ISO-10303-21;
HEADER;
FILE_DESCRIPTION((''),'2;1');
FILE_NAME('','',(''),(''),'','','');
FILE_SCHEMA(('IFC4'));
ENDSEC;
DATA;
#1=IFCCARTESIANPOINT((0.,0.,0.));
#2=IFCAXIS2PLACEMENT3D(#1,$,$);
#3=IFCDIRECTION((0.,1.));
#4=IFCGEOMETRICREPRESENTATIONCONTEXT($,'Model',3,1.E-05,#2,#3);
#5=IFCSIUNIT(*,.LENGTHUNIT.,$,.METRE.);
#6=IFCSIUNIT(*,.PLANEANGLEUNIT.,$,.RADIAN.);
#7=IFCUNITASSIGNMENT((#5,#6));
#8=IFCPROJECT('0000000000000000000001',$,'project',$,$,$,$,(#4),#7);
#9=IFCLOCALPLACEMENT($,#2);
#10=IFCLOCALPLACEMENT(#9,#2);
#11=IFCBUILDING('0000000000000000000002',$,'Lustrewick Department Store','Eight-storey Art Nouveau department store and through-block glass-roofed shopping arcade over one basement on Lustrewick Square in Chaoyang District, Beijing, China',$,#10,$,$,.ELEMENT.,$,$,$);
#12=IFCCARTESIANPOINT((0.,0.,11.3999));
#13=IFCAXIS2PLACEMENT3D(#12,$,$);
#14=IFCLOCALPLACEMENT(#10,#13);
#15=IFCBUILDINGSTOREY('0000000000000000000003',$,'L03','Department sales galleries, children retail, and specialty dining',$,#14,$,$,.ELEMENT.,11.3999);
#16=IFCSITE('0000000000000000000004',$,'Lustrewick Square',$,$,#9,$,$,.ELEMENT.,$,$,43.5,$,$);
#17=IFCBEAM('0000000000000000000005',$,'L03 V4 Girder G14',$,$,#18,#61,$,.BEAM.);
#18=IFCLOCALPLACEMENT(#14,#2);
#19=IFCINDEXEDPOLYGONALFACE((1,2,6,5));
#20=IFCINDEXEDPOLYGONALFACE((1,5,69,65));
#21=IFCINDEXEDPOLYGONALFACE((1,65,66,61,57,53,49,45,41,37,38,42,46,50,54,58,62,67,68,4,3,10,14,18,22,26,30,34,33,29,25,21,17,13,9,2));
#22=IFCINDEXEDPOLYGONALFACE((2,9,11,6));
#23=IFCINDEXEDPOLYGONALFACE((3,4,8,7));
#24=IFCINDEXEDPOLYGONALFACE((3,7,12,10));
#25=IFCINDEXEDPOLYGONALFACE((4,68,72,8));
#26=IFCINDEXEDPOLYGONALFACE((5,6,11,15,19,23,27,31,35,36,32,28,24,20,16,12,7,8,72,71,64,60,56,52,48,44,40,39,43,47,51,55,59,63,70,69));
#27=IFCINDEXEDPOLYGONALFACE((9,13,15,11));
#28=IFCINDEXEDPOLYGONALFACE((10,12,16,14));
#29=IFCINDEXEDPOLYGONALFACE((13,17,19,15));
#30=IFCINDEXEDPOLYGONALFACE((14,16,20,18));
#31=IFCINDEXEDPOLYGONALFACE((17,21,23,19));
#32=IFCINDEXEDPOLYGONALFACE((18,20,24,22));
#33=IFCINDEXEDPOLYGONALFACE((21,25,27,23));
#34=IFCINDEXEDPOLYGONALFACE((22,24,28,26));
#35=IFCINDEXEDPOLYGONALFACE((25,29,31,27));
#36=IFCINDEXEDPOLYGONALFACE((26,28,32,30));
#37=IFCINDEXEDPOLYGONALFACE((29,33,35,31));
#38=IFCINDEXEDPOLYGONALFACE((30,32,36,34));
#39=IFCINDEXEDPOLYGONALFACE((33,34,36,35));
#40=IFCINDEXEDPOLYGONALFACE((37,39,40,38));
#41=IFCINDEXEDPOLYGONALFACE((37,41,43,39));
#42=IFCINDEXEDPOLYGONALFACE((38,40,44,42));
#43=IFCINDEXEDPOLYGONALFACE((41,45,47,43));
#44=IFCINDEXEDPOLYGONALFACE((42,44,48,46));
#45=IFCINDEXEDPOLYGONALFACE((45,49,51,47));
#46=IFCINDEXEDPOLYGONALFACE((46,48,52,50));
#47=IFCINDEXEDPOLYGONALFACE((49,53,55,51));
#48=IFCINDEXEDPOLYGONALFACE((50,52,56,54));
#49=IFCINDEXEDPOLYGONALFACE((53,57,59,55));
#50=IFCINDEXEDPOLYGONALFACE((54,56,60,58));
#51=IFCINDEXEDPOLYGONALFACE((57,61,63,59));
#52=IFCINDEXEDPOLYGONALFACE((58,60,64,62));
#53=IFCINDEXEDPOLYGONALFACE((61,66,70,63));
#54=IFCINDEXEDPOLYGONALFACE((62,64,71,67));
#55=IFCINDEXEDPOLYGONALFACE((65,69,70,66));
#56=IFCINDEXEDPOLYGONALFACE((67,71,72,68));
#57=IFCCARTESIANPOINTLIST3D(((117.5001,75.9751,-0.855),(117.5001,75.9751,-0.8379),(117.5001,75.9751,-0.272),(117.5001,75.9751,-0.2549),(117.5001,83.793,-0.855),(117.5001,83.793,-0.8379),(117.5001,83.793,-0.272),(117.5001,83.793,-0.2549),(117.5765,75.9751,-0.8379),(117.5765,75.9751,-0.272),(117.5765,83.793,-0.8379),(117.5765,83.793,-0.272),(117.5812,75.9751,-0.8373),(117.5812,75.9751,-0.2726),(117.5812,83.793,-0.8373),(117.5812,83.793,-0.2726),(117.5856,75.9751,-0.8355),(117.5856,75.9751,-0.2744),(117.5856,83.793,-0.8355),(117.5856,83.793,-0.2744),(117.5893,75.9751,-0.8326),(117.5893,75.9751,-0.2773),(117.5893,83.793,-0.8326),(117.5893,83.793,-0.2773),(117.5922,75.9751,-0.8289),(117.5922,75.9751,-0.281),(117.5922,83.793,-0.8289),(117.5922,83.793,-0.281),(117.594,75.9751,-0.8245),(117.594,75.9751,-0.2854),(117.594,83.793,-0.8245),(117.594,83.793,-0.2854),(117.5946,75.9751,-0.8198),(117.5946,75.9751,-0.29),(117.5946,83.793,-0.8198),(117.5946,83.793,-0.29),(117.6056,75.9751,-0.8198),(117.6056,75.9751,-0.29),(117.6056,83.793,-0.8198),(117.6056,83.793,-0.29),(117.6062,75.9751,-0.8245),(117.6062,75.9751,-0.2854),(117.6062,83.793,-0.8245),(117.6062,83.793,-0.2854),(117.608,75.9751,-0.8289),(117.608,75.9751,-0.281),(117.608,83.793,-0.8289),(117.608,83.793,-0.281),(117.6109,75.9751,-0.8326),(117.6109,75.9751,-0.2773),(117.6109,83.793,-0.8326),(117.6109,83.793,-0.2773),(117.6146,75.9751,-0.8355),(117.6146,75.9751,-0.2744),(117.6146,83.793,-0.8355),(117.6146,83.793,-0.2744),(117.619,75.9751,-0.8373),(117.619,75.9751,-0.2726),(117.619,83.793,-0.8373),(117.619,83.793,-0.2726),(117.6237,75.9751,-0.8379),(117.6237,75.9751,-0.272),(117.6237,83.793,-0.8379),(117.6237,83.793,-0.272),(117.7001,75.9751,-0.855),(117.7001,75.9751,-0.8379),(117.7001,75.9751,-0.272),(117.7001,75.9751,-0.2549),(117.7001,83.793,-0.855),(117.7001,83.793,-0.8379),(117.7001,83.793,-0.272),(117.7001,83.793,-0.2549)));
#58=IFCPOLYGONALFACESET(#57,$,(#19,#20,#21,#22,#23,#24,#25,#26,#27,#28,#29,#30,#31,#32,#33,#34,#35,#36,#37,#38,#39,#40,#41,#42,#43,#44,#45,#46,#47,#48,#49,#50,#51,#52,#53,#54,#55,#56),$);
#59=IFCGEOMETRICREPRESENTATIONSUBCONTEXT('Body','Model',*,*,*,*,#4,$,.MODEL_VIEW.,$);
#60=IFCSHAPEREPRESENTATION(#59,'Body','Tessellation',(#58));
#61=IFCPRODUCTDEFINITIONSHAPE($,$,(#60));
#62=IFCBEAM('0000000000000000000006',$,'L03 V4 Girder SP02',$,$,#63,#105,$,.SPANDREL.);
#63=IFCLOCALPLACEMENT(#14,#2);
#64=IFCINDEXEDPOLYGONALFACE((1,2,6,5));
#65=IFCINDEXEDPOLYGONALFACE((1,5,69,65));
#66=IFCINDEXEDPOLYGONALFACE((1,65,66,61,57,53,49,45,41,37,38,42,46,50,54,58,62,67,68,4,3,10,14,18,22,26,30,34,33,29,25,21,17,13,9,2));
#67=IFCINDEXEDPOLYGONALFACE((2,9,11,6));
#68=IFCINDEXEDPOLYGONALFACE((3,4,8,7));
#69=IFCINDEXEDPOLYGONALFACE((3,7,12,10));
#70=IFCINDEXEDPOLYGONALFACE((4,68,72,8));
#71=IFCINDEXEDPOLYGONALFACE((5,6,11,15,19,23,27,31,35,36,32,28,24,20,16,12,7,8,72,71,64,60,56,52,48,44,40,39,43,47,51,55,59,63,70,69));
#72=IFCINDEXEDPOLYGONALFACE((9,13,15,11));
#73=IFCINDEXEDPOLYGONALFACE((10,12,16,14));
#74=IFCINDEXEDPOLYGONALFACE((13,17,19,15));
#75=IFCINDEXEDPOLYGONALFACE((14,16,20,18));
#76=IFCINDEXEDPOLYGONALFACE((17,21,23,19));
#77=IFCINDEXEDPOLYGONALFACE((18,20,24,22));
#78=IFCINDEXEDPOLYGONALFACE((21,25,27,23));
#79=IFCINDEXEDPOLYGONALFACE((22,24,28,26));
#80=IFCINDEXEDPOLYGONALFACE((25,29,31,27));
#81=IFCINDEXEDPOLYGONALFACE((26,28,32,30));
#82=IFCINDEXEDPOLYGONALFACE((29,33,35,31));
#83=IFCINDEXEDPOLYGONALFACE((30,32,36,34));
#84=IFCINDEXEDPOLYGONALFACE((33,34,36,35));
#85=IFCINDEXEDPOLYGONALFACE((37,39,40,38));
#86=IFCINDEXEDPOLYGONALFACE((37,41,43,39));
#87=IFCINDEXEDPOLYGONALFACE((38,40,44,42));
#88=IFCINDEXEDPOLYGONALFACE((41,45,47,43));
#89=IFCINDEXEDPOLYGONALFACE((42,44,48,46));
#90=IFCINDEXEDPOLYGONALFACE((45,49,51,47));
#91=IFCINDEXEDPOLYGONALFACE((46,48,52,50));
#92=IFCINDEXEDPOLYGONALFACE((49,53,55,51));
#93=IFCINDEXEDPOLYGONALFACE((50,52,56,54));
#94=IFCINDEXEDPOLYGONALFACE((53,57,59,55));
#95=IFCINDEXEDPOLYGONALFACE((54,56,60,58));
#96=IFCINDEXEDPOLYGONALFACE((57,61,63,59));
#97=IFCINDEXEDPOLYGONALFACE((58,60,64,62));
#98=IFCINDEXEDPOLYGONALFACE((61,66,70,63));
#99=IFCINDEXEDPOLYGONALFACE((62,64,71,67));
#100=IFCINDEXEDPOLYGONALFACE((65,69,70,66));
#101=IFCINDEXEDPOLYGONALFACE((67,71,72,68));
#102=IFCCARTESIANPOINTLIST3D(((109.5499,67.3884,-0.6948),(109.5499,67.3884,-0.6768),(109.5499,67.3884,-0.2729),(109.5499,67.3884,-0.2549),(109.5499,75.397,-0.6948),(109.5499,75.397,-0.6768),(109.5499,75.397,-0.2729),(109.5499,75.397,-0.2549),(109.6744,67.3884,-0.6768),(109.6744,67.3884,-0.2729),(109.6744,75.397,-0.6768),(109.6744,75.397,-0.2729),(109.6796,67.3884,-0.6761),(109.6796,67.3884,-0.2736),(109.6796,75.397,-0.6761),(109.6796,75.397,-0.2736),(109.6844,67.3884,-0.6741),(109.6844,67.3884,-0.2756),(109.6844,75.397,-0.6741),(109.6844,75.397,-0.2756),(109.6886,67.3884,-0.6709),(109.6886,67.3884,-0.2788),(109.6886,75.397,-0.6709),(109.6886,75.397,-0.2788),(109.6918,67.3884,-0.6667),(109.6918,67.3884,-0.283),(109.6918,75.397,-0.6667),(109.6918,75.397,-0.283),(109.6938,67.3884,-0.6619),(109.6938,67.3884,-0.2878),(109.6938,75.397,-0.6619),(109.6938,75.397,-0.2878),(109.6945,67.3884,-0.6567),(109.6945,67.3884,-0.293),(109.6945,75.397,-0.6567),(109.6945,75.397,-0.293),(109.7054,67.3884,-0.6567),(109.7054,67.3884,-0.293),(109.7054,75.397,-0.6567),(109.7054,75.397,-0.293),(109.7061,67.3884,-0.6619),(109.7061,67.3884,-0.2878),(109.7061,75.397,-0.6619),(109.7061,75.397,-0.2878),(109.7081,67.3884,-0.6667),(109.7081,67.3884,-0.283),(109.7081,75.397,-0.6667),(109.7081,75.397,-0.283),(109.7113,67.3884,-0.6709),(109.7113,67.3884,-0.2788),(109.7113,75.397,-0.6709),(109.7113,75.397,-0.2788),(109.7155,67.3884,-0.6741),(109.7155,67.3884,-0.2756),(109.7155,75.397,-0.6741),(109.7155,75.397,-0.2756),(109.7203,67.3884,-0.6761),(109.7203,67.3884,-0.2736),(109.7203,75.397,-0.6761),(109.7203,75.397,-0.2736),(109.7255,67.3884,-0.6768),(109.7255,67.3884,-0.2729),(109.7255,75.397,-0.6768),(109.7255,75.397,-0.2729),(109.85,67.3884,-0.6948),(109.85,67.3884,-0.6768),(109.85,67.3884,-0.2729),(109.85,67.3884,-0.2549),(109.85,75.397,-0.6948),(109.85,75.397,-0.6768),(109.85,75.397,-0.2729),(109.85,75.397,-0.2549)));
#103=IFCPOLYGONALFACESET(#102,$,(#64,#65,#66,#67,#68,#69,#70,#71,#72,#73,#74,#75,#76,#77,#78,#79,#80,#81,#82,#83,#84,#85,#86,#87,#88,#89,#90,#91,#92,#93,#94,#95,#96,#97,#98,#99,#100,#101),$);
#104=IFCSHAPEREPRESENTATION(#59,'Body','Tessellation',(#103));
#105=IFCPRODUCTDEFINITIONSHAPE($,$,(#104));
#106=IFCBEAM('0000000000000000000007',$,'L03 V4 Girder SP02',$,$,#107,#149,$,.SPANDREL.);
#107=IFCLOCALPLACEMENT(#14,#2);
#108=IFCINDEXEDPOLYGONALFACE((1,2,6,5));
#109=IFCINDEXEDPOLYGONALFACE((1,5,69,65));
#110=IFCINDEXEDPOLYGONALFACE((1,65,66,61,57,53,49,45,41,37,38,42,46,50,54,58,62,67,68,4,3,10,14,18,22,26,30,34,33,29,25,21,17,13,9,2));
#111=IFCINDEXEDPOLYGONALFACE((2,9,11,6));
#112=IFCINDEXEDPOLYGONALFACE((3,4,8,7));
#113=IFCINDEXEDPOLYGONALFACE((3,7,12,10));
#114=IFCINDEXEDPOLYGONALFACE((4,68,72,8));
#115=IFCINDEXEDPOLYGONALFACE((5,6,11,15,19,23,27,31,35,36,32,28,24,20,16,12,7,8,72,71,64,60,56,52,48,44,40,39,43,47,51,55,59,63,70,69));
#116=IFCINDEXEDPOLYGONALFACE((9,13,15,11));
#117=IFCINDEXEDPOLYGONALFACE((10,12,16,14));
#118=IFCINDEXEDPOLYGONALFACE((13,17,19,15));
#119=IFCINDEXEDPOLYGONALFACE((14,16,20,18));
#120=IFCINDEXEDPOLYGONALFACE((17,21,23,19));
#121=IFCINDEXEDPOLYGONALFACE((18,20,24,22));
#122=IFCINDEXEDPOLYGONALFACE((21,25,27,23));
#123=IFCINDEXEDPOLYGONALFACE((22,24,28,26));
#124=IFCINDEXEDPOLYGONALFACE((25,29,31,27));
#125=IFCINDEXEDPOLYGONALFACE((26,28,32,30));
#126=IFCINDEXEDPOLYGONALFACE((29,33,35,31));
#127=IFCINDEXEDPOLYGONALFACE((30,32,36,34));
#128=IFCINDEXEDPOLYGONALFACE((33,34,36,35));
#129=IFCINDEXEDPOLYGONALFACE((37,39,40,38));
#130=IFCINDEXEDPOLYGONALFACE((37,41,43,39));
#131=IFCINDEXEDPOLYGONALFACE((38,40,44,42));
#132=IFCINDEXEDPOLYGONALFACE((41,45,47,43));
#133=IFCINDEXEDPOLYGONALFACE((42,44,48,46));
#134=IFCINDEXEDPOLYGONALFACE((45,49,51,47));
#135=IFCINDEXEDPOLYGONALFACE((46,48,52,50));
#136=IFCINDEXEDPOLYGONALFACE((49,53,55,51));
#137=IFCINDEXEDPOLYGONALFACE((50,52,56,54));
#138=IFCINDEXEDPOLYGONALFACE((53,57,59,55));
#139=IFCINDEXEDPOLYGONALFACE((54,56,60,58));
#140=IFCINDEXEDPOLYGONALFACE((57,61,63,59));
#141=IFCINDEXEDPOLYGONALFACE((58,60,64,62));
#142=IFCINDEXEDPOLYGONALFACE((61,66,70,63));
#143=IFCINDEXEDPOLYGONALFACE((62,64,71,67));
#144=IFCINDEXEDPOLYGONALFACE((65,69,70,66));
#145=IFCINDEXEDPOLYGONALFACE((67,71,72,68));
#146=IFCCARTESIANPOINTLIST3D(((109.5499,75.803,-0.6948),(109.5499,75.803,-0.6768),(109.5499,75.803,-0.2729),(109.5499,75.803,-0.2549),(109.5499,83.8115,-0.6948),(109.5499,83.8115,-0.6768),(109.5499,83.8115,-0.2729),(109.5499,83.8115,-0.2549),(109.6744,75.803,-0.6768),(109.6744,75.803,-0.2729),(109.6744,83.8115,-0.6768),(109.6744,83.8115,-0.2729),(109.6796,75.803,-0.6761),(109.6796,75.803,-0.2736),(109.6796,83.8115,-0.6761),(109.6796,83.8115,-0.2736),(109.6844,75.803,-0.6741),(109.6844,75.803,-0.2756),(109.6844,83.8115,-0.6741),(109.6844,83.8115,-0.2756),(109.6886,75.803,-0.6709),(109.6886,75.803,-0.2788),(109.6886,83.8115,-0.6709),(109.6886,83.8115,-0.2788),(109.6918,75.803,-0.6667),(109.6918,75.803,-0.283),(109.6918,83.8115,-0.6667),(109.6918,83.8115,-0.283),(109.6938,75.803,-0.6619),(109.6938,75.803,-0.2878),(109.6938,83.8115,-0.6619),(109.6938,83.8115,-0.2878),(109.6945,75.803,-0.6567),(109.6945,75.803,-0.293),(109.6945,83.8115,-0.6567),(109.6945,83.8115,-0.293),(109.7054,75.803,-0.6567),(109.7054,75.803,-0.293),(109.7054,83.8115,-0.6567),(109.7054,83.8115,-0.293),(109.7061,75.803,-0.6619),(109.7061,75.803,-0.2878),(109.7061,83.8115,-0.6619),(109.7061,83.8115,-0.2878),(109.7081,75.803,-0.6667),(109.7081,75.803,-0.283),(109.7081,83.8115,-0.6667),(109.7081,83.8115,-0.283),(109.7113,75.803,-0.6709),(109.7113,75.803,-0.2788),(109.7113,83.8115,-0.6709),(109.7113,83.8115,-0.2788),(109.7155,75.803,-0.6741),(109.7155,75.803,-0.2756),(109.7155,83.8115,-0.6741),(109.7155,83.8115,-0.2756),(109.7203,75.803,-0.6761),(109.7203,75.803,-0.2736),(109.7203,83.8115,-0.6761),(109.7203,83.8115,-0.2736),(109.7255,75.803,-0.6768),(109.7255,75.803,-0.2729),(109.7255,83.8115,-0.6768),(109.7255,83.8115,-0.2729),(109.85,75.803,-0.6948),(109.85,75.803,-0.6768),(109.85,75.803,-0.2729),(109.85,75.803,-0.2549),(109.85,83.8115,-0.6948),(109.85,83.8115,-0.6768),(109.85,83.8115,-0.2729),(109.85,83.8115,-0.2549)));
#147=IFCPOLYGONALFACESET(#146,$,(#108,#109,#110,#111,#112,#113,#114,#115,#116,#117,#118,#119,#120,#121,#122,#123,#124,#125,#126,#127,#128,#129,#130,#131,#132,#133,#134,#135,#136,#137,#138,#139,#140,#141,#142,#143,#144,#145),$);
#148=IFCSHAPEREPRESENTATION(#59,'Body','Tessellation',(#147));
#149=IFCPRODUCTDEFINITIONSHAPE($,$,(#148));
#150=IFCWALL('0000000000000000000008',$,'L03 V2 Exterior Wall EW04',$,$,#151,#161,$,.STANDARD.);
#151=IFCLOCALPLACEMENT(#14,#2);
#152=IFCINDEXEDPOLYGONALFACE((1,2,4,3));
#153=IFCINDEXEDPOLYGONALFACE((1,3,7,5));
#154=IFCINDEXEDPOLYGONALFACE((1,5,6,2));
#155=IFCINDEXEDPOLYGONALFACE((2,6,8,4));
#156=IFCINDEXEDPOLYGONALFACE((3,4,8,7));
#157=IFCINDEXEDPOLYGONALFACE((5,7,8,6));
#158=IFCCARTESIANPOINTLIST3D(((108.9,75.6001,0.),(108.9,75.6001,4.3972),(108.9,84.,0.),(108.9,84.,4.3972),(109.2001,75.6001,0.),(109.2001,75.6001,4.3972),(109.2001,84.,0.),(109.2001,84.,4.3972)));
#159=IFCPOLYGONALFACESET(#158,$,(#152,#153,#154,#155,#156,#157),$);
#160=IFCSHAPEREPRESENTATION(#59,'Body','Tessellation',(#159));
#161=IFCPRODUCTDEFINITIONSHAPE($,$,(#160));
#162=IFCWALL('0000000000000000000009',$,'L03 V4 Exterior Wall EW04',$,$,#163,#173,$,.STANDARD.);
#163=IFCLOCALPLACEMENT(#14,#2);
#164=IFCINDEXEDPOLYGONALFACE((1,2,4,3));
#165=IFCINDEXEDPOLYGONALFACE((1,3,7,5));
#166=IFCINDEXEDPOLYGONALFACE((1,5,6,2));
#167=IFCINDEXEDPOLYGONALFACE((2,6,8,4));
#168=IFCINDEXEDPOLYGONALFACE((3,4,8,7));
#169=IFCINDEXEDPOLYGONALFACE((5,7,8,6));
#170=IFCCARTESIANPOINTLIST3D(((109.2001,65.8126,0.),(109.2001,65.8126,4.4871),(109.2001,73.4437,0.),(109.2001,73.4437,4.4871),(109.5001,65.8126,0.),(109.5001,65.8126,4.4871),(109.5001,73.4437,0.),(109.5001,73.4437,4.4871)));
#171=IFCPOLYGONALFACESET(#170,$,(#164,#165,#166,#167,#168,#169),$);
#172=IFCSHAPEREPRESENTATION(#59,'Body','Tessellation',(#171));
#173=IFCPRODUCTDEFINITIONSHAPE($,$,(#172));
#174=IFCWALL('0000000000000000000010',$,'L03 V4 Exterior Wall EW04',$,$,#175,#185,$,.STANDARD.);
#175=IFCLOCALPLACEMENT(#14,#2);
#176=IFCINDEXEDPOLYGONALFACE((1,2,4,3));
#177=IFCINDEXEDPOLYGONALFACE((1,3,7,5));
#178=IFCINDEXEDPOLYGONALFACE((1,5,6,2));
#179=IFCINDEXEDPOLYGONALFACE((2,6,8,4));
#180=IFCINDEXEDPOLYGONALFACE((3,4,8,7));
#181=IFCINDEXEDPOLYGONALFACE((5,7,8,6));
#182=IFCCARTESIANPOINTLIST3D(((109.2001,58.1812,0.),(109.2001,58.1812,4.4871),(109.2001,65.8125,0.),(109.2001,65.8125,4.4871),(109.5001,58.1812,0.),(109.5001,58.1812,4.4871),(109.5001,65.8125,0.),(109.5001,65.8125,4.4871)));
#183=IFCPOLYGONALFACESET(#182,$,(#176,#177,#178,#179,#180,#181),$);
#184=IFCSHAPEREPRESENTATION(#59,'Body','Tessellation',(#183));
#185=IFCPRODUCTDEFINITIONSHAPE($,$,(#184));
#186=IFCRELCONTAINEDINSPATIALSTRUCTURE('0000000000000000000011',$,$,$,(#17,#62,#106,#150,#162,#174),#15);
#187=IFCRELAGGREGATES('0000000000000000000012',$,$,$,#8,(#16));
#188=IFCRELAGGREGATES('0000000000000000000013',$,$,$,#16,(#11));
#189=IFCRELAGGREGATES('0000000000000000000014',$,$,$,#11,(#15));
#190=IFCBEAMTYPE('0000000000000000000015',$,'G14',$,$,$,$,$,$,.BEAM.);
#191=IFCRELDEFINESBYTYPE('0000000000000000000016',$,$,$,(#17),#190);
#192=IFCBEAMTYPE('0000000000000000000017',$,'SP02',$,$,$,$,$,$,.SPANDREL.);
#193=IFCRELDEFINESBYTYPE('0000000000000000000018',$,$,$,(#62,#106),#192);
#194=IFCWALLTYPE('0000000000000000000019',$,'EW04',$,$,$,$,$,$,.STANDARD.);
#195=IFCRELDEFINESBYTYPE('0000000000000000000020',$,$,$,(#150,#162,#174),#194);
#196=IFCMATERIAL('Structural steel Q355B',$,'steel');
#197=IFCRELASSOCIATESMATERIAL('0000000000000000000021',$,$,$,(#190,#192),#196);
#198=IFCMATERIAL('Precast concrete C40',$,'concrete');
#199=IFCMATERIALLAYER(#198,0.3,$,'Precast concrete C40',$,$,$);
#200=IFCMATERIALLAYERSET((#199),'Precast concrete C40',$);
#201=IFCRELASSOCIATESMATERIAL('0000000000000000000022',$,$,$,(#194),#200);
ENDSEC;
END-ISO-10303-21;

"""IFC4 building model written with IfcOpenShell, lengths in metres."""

from ifc_helpers import new_model, si_unit, direction, frame, frame_2d, origin, origin_2d, place, context, subcontext, project, spatial, rectangle, i_section, extrude, material, layer, layer_set, material_profile, profile_set, type_object, element, save


model = new_model("IFC4")

# Units and contexts
model_context = context("Model", 3, precision=1e-05, world=origin(), true_north=direction((0.0, 1.0)))
body_context = subcontext(model_context, "Body", "Model", "MODEL_VIEW")
ifc_project = project(units=[si_unit("LENGTHUNIT", "METRE"), si_unit("PLANEANGLEUNIT", "RADIAN")], contexts=[model_context])

# Site, building, storey
site_placement = place(None, origin())
site = spatial("IfcSite", under=ifc_project, at=site_placement, Name="Lustrewick Square", CompositionType="ELEMENT", RefElevation=43.5)
building_placement = place(site_placement, origin())
building = spatial("IfcBuilding", under=site, at=building_placement, Name="Lustrewick Department Store", Description="Eight-storey Art Nouveau department store and through-block glass-roofed shopping arcade over one basement on Lustrewick Square in Chaoyang District, Beijing, China", CompositionType="ELEMENT")
storey_placement = place(building_placement, frame((0.0, 0.0, 11.3999)))
storey = spatial("IfcBuildingStorey", under=building, at=storey_placement, Name="L03", Description="Department sales galleries, children retail, and specialty dining", CompositionType="ELEMENT", Elevation=11.3999)

# Shared definitions
ifc_material_1 = material(Name="Structural steel Q355B", Category="steel")

# Beams
ifc_material_profile_1 = material_profile(ifc_material_1, i_section(OverallWidth=0.2, OverallDepth=0.6001, WebThickness=0.011, FlangeThickness=0.0171, FilletRadius=0.0181, at=origin_2d()), Name="HN 600x200x11x17")
ifc_profile_set_1 = profile_set([ifc_material_profile_1], Name="Structural steel Q355B")
beam_type_1 = type_object("IfcBeamType", Name="G14", PredefinedType="BEAM", material=ifc_profile_set_1)
beam_1_placement = place(storey_placement, frame((117.6001, 75.9751, -0.5549), z_axis=(0.0, 1.0, 0.0), x_axis=(-1.0, 0.0, 0.0)))
element("IfcBeam", 1, at=beam_1_placement, inside=storey, type_object=beam_type_1, Name="L03 V4 Girder G14", PredefinedType="BEAM", context=body_context, shape_type="SweptSolid", body=[
    extrude(i_section(OverallWidth=0.2, OverallDepth=0.6001, WebThickness=0.011, FlangeThickness=0.0171, FilletRadius=0.0181, at=origin_2d()), origin(), (0.0, 0.0, 1.0), 7.8179),
])
ifc_material_profile_2 = material_profile(ifc_material_1, i_section(OverallWidth=0.3, OverallDepth=0.4399, WebThickness=0.011, FlangeThickness=0.0181, FilletRadius=0.02, at=origin_2d()), Name="HM 440x300x11x18")
ifc_profile_set_2 = profile_set([ifc_material_profile_2], Name="Structural steel Q355B")
beam_type_2 = type_object("IfcBeamType", Name="SP02", PredefinedType="SPANDREL", material=ifc_profile_set_2)
for number, where, z_axis, x_axis, name in (
    (2, (109.7, 67.3884, -0.4749), (0.0, 1.0, 0.0), (-1.0, 0.0, 0.0), "L03 V4 Girder SP02"),
    (3, (109.7, 75.803, -0.4749), (0.0, 1.0, 0.0), (-1.0, 0.0, 0.0), "L03 V4 Girder SP02"),
):
    element("IfcBeam", number, at=place(storey_placement, frame(where, z_axis=z_axis, x_axis=x_axis)), inside=storey, type_object=beam_type_2, Name=name, PredefinedType="SPANDREL", context=body_context, shape_type="SweptSolid", body=[
        extrude(i_section(OverallWidth=0.3, OverallDepth=0.4399, WebThickness=0.011, FlangeThickness=0.0181, FilletRadius=0.02, at=origin_2d()), origin(), (0.0, 0.0, 1.0), 8.0085),
    ])

# Walls
ifc_material_2 = material(Name="Precast concrete C40", Category="concrete")
ifc_layer_1 = layer(ifc_material_2, 0.3, Name="Precast concrete C40")
ifc_layer_set_1 = layer_set([ifc_layer_1], Name="Precast concrete C40")
wall_type_1 = type_object("IfcWallType", Name="EW04", PredefinedType="STANDARD", material=ifc_layer_set_1)
wall_1_placement = place(storey_placement, frame((109.05, 75.6001, 0.0), z_axis=(0.0, 0.0, 1.0), x_axis=(0.0, 1.0, 0.0)))
element("IfcWall", 4, at=wall_1_placement, inside=storey, type_object=wall_type_1, Name="L03 V2 Exterior Wall EW04", PredefinedType="STANDARD", context=body_context, shape_type="SweptSolid", body=[
    extrude(rectangle(XDim=8.3999, YDim=0.3, at=frame_2d((4.2, 0.0))), origin(), (0.0, 0.0, 1.0), 4.3972),
])
wall_2_placement = place(storey_placement, frame((109.3501, 73.4436, 0.0), z_axis=(0.0, 0.0, 1.0), x_axis=(0.0, -1.0, 0.0)))
element("IfcWall", 5, at=wall_2_placement, inside=storey, type_object=wall_type_1, Name="L03 V4 Exterior Wall EW04", PredefinedType="STANDARD", context=body_context, shape_type="SweptSolid", body=[
    extrude(rectangle(XDim=7.6311, YDim=0.3, at=frame_2d((3.8154, 0.0))), origin(), (0.0, 0.0, 1.0), 4.4871),
])
wall_3_placement = place(storey_placement, frame((109.3501, 65.8125, 0.0), z_axis=(0.0, 0.0, 1.0), x_axis=(0.0, -1.0, 0.0)))
element("IfcWall", 6, at=wall_3_placement, inside=storey, type_object=wall_type_1, Name="L03 V4 Exterior Wall EW04", PredefinedType="STANDARD", context=body_context, shape_type="SweptSolid", body=[
    extrude(rectangle(XDim=7.6313, YDim=0.3, at=frame_2d((3.8157, 0.0))), origin(), (0.0, 0.0, 1.0), 4.4871),
])

save(model, "model.ifc")
